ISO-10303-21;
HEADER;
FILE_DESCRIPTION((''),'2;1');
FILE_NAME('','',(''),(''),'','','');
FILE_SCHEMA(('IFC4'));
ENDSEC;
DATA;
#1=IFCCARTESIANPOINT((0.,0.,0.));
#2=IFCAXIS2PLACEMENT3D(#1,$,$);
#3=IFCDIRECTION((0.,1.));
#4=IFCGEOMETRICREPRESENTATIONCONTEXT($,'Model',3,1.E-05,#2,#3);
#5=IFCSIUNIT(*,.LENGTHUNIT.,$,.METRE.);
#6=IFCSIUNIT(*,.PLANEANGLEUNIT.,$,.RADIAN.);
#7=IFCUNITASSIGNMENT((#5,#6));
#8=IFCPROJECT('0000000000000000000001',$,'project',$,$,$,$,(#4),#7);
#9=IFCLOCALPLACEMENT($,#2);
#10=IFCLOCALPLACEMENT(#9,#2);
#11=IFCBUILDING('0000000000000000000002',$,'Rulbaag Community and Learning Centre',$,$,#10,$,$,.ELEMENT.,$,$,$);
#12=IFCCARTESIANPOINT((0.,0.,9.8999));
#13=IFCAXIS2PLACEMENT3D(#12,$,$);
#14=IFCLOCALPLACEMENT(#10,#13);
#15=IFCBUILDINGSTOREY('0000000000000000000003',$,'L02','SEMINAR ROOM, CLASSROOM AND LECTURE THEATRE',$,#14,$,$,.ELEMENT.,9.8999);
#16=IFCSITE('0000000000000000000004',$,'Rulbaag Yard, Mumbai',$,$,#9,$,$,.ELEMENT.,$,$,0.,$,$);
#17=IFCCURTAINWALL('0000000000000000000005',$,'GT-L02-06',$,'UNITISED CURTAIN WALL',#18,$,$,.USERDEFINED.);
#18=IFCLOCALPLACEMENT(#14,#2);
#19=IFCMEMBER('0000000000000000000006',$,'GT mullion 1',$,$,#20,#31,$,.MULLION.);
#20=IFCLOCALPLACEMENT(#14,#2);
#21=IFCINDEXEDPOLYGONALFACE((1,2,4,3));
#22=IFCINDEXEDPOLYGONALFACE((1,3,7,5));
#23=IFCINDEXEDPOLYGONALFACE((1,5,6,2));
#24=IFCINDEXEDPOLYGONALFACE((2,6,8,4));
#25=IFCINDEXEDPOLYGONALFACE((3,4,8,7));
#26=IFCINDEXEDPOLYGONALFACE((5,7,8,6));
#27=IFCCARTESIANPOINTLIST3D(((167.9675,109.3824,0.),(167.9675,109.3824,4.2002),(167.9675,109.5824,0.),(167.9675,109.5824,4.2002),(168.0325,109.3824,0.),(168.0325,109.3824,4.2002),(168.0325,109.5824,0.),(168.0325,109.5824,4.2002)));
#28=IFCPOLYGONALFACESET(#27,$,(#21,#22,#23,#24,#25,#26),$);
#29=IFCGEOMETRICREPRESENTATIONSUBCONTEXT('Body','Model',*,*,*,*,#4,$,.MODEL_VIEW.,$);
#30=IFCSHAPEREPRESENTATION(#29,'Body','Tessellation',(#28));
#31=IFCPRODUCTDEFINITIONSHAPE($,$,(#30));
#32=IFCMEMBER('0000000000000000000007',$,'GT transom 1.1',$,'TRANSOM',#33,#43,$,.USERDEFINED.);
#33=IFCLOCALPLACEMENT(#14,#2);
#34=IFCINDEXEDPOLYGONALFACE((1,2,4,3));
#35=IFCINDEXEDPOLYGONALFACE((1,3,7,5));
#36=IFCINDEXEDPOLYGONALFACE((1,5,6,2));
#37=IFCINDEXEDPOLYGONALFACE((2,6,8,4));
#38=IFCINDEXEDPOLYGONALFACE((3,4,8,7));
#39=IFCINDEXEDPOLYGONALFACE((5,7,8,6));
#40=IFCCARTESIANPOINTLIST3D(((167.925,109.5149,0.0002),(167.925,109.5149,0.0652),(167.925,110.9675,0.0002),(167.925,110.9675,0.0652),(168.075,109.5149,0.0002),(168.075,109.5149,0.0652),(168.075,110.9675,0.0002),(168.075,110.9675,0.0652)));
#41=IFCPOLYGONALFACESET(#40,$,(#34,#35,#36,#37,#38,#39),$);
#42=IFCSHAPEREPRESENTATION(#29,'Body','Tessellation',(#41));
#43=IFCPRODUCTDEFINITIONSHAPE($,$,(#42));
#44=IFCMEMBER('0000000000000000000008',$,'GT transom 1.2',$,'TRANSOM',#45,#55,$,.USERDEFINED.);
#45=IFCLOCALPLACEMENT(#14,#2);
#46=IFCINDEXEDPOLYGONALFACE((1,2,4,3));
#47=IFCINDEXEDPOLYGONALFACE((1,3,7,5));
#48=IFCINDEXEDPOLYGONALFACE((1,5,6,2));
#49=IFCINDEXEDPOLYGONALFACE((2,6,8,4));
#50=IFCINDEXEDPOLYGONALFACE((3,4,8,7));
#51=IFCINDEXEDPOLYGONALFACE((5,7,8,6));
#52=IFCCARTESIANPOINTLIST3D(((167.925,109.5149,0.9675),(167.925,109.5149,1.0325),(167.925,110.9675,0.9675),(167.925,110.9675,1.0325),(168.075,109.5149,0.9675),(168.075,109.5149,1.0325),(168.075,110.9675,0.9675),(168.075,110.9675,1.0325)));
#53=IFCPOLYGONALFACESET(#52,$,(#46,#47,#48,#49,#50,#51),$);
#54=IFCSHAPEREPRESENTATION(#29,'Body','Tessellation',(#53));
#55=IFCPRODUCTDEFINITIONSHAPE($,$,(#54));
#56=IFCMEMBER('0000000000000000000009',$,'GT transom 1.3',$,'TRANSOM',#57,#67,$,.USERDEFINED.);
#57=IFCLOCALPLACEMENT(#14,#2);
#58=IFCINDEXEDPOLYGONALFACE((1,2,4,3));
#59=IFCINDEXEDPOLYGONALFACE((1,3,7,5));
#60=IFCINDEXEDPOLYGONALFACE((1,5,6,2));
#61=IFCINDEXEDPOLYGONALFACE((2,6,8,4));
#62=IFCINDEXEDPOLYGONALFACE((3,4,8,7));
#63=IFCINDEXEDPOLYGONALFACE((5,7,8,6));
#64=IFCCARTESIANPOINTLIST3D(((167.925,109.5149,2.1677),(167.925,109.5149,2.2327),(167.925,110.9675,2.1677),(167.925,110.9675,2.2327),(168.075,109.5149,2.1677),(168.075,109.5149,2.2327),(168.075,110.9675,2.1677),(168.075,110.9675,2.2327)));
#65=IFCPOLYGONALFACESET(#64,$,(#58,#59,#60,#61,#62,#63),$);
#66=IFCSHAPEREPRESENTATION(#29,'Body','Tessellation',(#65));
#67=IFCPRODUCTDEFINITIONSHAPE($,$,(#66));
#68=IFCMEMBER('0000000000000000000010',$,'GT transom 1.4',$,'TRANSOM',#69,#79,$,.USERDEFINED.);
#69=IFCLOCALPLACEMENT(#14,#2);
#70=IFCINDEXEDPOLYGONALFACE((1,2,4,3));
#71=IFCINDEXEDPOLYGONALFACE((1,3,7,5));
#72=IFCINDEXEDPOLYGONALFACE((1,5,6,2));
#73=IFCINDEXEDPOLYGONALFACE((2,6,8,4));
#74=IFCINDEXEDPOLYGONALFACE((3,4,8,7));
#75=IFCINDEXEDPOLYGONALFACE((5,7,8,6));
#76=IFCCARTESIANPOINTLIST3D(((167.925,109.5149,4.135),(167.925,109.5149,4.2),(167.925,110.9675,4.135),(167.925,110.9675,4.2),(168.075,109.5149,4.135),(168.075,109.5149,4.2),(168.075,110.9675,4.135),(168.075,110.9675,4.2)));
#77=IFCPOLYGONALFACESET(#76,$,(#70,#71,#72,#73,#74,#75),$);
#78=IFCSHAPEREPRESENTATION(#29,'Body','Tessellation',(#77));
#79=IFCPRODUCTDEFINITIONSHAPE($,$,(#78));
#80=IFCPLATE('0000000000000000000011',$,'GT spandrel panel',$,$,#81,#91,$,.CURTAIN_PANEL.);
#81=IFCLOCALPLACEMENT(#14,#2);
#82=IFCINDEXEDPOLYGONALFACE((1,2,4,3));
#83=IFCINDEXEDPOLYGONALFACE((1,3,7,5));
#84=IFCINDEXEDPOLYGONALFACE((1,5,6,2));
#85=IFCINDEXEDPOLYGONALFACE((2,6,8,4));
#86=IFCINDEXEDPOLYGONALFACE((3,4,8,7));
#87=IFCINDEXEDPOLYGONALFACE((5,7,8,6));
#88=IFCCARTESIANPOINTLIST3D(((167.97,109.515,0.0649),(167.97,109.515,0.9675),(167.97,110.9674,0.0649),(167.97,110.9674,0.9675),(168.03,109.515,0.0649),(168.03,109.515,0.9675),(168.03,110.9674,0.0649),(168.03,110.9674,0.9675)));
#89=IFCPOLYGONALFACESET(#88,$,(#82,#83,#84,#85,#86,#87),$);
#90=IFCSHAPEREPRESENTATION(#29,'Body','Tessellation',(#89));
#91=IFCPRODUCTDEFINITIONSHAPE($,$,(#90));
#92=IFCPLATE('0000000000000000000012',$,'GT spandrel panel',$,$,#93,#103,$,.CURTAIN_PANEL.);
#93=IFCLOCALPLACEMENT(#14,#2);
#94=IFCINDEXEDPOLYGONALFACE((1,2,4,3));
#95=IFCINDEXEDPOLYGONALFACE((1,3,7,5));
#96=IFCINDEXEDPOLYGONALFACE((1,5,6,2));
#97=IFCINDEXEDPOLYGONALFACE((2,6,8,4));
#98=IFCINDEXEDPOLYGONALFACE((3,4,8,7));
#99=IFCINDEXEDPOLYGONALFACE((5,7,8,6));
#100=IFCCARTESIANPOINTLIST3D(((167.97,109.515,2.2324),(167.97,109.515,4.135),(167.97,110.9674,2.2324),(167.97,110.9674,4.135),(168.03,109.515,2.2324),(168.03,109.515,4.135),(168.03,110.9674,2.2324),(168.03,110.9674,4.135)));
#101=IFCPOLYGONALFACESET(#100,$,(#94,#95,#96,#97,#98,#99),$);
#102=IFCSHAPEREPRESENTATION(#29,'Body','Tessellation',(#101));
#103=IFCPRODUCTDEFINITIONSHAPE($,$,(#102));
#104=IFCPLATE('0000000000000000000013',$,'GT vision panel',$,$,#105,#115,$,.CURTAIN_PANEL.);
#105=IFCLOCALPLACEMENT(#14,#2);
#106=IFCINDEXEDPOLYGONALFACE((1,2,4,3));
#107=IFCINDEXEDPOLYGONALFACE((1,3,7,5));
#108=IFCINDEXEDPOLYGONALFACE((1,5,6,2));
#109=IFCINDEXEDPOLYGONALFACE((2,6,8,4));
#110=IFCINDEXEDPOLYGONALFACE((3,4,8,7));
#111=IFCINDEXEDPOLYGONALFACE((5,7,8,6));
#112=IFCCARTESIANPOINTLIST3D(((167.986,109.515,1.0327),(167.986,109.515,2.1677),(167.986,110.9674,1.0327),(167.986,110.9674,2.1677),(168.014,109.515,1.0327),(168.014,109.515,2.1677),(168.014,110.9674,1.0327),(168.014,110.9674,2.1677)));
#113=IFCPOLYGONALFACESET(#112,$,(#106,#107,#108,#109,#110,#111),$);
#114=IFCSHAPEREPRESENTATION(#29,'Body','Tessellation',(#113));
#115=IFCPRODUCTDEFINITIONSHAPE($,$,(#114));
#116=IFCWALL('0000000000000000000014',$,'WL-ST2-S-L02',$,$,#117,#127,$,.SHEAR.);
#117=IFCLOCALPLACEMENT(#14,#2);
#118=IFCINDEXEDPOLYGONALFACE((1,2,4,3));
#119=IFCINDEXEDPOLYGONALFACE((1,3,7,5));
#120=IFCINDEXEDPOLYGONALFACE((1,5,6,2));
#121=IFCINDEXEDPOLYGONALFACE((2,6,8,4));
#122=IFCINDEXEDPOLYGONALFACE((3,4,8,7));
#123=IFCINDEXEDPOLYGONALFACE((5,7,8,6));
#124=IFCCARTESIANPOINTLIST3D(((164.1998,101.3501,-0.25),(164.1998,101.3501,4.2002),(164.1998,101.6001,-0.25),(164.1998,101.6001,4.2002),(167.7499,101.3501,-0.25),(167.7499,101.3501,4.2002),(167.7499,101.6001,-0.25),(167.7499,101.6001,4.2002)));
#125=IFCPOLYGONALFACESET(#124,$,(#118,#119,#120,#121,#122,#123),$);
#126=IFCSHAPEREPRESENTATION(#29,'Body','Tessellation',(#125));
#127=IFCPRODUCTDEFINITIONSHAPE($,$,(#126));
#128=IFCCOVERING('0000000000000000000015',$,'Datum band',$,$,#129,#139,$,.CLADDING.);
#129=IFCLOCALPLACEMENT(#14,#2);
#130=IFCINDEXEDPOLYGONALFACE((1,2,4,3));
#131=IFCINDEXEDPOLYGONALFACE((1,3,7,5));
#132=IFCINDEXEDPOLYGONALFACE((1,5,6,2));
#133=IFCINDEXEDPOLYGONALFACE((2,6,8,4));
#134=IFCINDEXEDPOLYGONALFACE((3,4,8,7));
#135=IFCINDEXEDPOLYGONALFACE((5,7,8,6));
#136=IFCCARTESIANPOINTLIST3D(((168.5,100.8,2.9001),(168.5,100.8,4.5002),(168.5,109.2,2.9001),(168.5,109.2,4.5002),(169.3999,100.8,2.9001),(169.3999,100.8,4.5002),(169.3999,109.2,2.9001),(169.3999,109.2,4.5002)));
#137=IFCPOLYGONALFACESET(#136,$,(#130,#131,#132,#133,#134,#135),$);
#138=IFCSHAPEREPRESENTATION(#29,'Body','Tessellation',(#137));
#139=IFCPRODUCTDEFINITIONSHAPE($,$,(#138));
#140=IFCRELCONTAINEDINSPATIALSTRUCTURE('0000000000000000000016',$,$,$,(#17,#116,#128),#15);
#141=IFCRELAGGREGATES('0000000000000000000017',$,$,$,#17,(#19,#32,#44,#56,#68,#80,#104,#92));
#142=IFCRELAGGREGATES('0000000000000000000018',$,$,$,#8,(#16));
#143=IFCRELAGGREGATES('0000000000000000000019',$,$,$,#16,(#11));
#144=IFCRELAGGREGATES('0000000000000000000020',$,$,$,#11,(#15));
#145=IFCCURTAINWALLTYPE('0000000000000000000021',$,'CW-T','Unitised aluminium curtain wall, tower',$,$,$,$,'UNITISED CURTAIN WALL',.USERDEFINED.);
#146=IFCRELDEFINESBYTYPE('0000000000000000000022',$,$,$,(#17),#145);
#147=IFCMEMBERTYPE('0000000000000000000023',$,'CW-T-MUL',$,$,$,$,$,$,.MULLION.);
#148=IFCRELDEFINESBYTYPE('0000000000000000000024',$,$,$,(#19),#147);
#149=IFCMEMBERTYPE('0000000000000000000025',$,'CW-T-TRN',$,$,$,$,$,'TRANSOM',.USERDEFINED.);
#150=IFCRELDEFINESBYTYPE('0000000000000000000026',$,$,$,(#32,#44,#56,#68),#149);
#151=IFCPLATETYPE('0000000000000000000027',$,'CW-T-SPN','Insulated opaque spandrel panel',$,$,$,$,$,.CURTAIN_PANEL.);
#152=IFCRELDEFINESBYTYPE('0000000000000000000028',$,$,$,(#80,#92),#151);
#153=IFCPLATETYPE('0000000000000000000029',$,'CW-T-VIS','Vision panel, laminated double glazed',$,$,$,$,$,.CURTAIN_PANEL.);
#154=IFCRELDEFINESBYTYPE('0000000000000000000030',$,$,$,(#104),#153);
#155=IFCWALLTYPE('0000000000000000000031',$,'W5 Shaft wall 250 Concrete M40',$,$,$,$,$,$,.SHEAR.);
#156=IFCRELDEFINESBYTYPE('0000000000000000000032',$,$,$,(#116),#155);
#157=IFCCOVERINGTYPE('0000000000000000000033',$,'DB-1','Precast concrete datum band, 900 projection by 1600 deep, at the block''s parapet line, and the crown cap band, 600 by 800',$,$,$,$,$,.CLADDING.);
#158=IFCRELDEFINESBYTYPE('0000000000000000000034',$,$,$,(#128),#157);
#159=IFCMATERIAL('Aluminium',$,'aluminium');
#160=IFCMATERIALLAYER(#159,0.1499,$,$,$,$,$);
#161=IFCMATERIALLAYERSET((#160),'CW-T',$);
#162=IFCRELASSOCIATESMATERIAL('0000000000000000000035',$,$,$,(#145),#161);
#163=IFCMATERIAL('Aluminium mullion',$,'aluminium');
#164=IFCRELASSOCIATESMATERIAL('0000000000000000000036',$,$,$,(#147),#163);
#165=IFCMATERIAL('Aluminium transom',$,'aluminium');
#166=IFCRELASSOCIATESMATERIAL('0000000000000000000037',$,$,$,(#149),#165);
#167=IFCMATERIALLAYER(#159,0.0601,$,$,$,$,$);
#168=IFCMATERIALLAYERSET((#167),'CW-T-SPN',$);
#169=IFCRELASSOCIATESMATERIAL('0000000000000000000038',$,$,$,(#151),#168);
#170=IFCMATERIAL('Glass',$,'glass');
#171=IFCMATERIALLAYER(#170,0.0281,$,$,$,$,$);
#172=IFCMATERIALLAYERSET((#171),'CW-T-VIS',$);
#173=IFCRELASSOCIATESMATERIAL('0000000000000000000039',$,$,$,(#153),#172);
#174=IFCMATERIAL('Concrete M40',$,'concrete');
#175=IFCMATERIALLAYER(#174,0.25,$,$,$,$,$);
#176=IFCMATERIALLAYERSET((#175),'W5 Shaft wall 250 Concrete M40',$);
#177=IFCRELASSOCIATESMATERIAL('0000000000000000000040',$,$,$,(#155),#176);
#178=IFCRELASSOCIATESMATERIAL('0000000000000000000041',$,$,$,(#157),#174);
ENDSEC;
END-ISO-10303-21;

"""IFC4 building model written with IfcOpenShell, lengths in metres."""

from ifc_helpers import new_model, si_unit, direction, frame, frame_2d, origin, origin_2d, place, context, subcontext, project, spatial, rectangle, extrude, material, layer, layer_set, material_profile, profile_set, type_object, element, aggregate, save


model = new_model("IFC4")

# Units and contexts
model_context = context("Model", 3, precision=1e-05, world=origin(), true_north=direction((0.0, 1.0)))
body_context = subcontext(model_context, "Body", "Model", "MODEL_VIEW")
ifc_project = project(units=[si_unit("LENGTHUNIT", "METRE"), si_unit("PLANEANGLEUNIT", "RADIAN")], contexts=[model_context])

# Site, building, storey
site_placement = place(None, origin())
site = spatial("IfcSite", under=ifc_project, at=site_placement, Name="Rulbaag Yard, Mumbai", CompositionType="ELEMENT", RefElevation=0.0)
building_placement = place(site_placement, origin())
building = spatial("IfcBuilding", under=site, at=building_placement, Name="Rulbaag Community and Learning Centre", CompositionType="ELEMENT")
storey_placement = place(building_placement, frame((0.0, 0.0, 9.8999)))
storey = spatial("IfcBuildingStorey", under=building, at=storey_placement, Name="L02", Description="SEMINAR ROOM, CLASSROOM AND LECTURE THEATRE", CompositionType="ELEMENT", Elevation=9.8999)

# Curtain wall, members, plates
ifc_material_1 = material(Name="Aluminium", Category="aluminium")
ifc_layer_1 = layer(ifc_material_1, 0.1499)
ifc_layer_set_1 = layer_set([ifc_layer_1], Name="CW-T")
curtain_wall_type = type_object("IfcCurtainWallType", Name="CW-T", Description="Unitised aluminium curtain wall, tower", ElementType="UNITISED CURTAIN WALL", PredefinedType="USERDEFINED", material=ifc_layer_set_1)
curtain_wall_placement = place(storey_placement, origin())
curtain_wall = element("IfcCurtainWall", 1, at=curtain_wall_placement, inside=storey, type_object=curtain_wall_type, Name="GT-L02-06", ObjectType="UNITISED CURTAIN WALL", PredefinedType="USERDEFINED")
ifc_material_2 = material(Name="Aluminium mullion", Category="aluminium")
ifc_material_profile_1 = material_profile(ifc_material_2, rectangle(XDim=0.0649, YDim=0.2, at=origin_2d()), Name="AL 65x200")
ifc_profile_set_1 = profile_set([ifc_material_profile_1], Name="Aluminium mullion")
member_type_1 = type_object("IfcMemberType", Name="CW-T-MUL", PredefinedType="MULLION", material=ifc_profile_set_1)
member_1_placement = place(storey_placement, frame((168.0, 109.4824, 0.0), z_axis=(0.0, 0.0, 1.0), x_axis=(-1.0, 0.0, 0.0)))
member_1 = element("IfcMember", 2, at=member_1_placement, type_object=member_type_1, Name="GT mullion 1", PredefinedType="MULLION", context=body_context, shape_type="SweptSolid", body=[
    extrude(rectangle(XDim=0.0649, YDim=0.2, at=origin_2d()), origin(), (0.0, 0.0, 1.0), 4.2002),
])
ifc_material_3 = material(Name="Aluminium transom", Category="aluminium")
ifc_material_profile_2 = material_profile(ifc_material_3, rectangle(XDim=0.1499, YDim=0.0649, at=origin_2d()), Name="AL 65x150 T")
ifc_profile_set_2 = profile_set([ifc_material_profile_2], Name="Aluminium transom")
member_type_2 = type_object("IfcMemberType", Name="CW-T-TRN", ElementType="TRANSOM", PredefinedType="USERDEFINED", material=ifc_profile_set_2)
member_2_placement = place(storey_placement, frame((168.0, 109.5149, 0.0327), z_axis=(0.0, 1.0, 0.0), x_axis=(-1.0, 0.0, 0.0)))
member_2 = element("IfcMember", 3, at=member_2_placement, type_object=member_type_2, Name="GT transom 1.1", ObjectType="TRANSOM", PredefinedType="USERDEFINED", context=body_context, shape_type="SweptSolid", body=[
    extrude(rectangle(XDim=0.1499, YDim=0.0649, at=origin_2d()), origin(), (0.0, 0.0, 1.0), 1.4526),
])
member_3_placement = place(storey_placement, frame((168.0, 109.5149, 1.0), z_axis=(0.0, 1.0, 0.0), x_axis=(-1.0, 0.0, 0.0)))
member_3 = element("IfcMember", 4, at=member_3_placement, type_object=member_type_2, Name="GT transom 1.2", ObjectType="TRANSOM", PredefinedType="USERDEFINED", context=body_context, shape_type="SweptSolid", body=[
    extrude(rectangle(XDim=0.1499, YDim=0.0649, at=origin_2d()), origin(), (0.0, 0.0, 1.0), 1.4526),
])
member_4_placement = place(storey_placement, frame((168.0, 109.5149, 2.2002), z_axis=(0.0, 1.0, 0.0), x_axis=(-1.0, 0.0, 0.0)))
member_4 = element("IfcMember", 5, at=member_4_placement, type_object=member_type_2, Name="GT transom 1.3", ObjectType="TRANSOM", PredefinedType="USERDEFINED", context=body_context, shape_type="SweptSolid", body=[
    extrude(rectangle(XDim=0.1499, YDim=0.0649, at=origin_2d()), origin(), (0.0, 0.0, 1.0), 1.4526),
])
member_5_placement = place(storey_placement, frame((168.0, 109.5149, 4.1675), z_axis=(0.0, 1.0, 0.0), x_axis=(-1.0, 0.0, 0.0)))
member_5 = element("IfcMember", 6, at=member_5_placement, type_object=member_type_2, Name="GT transom 1.4", ObjectType="TRANSOM", PredefinedType="USERDEFINED", context=body_context, shape_type="SweptSolid", body=[
    extrude(rectangle(XDim=0.1499, YDim=0.0649, at=origin_2d()), origin(), (0.0, 0.0, 1.0), 1.4526),
])
ifc_layer_2 = layer(ifc_material_1, 0.0601)
ifc_layer_set_2 = layer_set([ifc_layer_2], Name="CW-T-SPN")
plate_type_1 = type_object("IfcPlateType", Name="CW-T-SPN", Description="Insulated opaque spandrel panel", PredefinedType="CURTAIN_PANEL", material=ifc_layer_set_2)
plate_1_placement = place(storey_placement, frame((168.0, 110.2412, 0.0649), z_axis=(0.0, 0.0, 1.0), x_axis=(0.0, 1.0, 0.0)))
plate_1 = element("IfcPlate", 7, at=plate_1_placement, type_object=plate_type_1, Name="GT spandrel panel", PredefinedType="CURTAIN_PANEL", context=body_context, shape_type="SweptSolid", body=[
    extrude(rectangle(XDim=1.4524, YDim=0.0601, at=origin_2d()), origin(), (0.0, 0.0, 1.0), 0.9026),
])
plate_2_placement = place(storey_placement, frame((168.0, 110.2412, 2.2324), z_axis=(0.0, 0.0, 1.0), x_axis=(0.0, 1.0, 0.0)))
plate_2 = element("IfcPlate", 8, at=plate_2_placement, type_object=plate_type_1, Name="GT spandrel panel", PredefinedType="CURTAIN_PANEL", context=body_context, shape_type="SweptSolid", body=[
    extrude(rectangle(XDim=1.4524, YDim=0.0601, at=origin_2d()), origin(), (0.0, 0.0, 1.0), 1.9026),
])
ifc_material_4 = material(Name="Glass", Category="glass")
ifc_layer_3 = layer(ifc_material_4, 0.0281)
ifc_layer_set_3 = layer_set([ifc_layer_3], Name="CW-T-VIS")
plate_type_2 = type_object("IfcPlateType", Name="CW-T-VIS", Description="Vision panel, laminated double glazed", PredefinedType="CURTAIN_PANEL", material=ifc_layer_set_3)
plate_3_placement = place(storey_placement, frame((168.0, 110.2412, 1.0327), z_axis=(0.0, 0.0, 1.0), x_axis=(0.0, 1.0, 0.0)))
plate_3 = element("IfcPlate", 9, at=plate_3_placement, type_object=plate_type_2, Name="GT vision panel", PredefinedType="CURTAIN_PANEL", context=body_context, shape_type="SweptSolid", body=[
    extrude(rectangle(XDim=1.4524, YDim=0.0281, at=origin_2d()), origin(), (0.0, 0.0, 1.0), 1.135),
])
aggregate(curtain_wall, [member_1, member_2, member_3, member_4, member_5, plate_1, plate_3, plate_2])

# Wall
ifc_material_5 = material(Name="Concrete M40", Category="concrete")
ifc_layer_4 = layer(ifc_material_5, 0.25)
ifc_layer_set_4 = layer_set([ifc_layer_4], Name="W5 Shaft wall 250 Concrete M40")
wall_type = type_object("IfcWallType", Name="W5 Shaft wall 250 Concrete M40", PredefinedType="SHEAR", material=ifc_layer_set_4)
wall_placement = place(storey_placement, frame((164.2, 101.4751, -0.25), z_axis=(0.0, 0.0, 1.0), x_axis=(1.0, 0.0, 0.0)))
element("IfcWall", 10, at=wall_placement, inside=storey, type_object=wall_type, Name="WL-ST2-S-L02", PredefinedType="SHEAR", context=body_context, shape_type="SweptSolid", body=[
    extrude(rectangle(XDim=3.55, YDim=0.25, at=frame_2d((1.7749, 0.0))), origin(), (0.0, 0.0, 1.0), 4.4502),
])

# Covering
covering_type_1 = type_object("IfcCoveringType", Name="DB-1", Description="Precast concrete datum band, 900 projection by 1600 deep, at the block's parapet line, and the crown cap band, 600 by 800", PredefinedType="CLADDING", material=ifc_material_5)
covering_placement = place(storey_placement, frame((168.95, 105.0, 2.9001), z_axis=(0.0, 0.0, 1.0), x_axis=(1.0, 0.0, 0.0)))
element("IfcCovering", 11, at=covering_placement, inside=storey, type_object=covering_type_1, Name="Datum band", PredefinedType="CLADDING", context=body_context, shape_type="SweptSolid", body=[
    extrude(rectangle(XDim=0.8999, YDim=8.3999, at=origin_2d()), origin(), (0.0, 0.0, 1.0), 1.6001),
])

save(model, "model.ifc")
